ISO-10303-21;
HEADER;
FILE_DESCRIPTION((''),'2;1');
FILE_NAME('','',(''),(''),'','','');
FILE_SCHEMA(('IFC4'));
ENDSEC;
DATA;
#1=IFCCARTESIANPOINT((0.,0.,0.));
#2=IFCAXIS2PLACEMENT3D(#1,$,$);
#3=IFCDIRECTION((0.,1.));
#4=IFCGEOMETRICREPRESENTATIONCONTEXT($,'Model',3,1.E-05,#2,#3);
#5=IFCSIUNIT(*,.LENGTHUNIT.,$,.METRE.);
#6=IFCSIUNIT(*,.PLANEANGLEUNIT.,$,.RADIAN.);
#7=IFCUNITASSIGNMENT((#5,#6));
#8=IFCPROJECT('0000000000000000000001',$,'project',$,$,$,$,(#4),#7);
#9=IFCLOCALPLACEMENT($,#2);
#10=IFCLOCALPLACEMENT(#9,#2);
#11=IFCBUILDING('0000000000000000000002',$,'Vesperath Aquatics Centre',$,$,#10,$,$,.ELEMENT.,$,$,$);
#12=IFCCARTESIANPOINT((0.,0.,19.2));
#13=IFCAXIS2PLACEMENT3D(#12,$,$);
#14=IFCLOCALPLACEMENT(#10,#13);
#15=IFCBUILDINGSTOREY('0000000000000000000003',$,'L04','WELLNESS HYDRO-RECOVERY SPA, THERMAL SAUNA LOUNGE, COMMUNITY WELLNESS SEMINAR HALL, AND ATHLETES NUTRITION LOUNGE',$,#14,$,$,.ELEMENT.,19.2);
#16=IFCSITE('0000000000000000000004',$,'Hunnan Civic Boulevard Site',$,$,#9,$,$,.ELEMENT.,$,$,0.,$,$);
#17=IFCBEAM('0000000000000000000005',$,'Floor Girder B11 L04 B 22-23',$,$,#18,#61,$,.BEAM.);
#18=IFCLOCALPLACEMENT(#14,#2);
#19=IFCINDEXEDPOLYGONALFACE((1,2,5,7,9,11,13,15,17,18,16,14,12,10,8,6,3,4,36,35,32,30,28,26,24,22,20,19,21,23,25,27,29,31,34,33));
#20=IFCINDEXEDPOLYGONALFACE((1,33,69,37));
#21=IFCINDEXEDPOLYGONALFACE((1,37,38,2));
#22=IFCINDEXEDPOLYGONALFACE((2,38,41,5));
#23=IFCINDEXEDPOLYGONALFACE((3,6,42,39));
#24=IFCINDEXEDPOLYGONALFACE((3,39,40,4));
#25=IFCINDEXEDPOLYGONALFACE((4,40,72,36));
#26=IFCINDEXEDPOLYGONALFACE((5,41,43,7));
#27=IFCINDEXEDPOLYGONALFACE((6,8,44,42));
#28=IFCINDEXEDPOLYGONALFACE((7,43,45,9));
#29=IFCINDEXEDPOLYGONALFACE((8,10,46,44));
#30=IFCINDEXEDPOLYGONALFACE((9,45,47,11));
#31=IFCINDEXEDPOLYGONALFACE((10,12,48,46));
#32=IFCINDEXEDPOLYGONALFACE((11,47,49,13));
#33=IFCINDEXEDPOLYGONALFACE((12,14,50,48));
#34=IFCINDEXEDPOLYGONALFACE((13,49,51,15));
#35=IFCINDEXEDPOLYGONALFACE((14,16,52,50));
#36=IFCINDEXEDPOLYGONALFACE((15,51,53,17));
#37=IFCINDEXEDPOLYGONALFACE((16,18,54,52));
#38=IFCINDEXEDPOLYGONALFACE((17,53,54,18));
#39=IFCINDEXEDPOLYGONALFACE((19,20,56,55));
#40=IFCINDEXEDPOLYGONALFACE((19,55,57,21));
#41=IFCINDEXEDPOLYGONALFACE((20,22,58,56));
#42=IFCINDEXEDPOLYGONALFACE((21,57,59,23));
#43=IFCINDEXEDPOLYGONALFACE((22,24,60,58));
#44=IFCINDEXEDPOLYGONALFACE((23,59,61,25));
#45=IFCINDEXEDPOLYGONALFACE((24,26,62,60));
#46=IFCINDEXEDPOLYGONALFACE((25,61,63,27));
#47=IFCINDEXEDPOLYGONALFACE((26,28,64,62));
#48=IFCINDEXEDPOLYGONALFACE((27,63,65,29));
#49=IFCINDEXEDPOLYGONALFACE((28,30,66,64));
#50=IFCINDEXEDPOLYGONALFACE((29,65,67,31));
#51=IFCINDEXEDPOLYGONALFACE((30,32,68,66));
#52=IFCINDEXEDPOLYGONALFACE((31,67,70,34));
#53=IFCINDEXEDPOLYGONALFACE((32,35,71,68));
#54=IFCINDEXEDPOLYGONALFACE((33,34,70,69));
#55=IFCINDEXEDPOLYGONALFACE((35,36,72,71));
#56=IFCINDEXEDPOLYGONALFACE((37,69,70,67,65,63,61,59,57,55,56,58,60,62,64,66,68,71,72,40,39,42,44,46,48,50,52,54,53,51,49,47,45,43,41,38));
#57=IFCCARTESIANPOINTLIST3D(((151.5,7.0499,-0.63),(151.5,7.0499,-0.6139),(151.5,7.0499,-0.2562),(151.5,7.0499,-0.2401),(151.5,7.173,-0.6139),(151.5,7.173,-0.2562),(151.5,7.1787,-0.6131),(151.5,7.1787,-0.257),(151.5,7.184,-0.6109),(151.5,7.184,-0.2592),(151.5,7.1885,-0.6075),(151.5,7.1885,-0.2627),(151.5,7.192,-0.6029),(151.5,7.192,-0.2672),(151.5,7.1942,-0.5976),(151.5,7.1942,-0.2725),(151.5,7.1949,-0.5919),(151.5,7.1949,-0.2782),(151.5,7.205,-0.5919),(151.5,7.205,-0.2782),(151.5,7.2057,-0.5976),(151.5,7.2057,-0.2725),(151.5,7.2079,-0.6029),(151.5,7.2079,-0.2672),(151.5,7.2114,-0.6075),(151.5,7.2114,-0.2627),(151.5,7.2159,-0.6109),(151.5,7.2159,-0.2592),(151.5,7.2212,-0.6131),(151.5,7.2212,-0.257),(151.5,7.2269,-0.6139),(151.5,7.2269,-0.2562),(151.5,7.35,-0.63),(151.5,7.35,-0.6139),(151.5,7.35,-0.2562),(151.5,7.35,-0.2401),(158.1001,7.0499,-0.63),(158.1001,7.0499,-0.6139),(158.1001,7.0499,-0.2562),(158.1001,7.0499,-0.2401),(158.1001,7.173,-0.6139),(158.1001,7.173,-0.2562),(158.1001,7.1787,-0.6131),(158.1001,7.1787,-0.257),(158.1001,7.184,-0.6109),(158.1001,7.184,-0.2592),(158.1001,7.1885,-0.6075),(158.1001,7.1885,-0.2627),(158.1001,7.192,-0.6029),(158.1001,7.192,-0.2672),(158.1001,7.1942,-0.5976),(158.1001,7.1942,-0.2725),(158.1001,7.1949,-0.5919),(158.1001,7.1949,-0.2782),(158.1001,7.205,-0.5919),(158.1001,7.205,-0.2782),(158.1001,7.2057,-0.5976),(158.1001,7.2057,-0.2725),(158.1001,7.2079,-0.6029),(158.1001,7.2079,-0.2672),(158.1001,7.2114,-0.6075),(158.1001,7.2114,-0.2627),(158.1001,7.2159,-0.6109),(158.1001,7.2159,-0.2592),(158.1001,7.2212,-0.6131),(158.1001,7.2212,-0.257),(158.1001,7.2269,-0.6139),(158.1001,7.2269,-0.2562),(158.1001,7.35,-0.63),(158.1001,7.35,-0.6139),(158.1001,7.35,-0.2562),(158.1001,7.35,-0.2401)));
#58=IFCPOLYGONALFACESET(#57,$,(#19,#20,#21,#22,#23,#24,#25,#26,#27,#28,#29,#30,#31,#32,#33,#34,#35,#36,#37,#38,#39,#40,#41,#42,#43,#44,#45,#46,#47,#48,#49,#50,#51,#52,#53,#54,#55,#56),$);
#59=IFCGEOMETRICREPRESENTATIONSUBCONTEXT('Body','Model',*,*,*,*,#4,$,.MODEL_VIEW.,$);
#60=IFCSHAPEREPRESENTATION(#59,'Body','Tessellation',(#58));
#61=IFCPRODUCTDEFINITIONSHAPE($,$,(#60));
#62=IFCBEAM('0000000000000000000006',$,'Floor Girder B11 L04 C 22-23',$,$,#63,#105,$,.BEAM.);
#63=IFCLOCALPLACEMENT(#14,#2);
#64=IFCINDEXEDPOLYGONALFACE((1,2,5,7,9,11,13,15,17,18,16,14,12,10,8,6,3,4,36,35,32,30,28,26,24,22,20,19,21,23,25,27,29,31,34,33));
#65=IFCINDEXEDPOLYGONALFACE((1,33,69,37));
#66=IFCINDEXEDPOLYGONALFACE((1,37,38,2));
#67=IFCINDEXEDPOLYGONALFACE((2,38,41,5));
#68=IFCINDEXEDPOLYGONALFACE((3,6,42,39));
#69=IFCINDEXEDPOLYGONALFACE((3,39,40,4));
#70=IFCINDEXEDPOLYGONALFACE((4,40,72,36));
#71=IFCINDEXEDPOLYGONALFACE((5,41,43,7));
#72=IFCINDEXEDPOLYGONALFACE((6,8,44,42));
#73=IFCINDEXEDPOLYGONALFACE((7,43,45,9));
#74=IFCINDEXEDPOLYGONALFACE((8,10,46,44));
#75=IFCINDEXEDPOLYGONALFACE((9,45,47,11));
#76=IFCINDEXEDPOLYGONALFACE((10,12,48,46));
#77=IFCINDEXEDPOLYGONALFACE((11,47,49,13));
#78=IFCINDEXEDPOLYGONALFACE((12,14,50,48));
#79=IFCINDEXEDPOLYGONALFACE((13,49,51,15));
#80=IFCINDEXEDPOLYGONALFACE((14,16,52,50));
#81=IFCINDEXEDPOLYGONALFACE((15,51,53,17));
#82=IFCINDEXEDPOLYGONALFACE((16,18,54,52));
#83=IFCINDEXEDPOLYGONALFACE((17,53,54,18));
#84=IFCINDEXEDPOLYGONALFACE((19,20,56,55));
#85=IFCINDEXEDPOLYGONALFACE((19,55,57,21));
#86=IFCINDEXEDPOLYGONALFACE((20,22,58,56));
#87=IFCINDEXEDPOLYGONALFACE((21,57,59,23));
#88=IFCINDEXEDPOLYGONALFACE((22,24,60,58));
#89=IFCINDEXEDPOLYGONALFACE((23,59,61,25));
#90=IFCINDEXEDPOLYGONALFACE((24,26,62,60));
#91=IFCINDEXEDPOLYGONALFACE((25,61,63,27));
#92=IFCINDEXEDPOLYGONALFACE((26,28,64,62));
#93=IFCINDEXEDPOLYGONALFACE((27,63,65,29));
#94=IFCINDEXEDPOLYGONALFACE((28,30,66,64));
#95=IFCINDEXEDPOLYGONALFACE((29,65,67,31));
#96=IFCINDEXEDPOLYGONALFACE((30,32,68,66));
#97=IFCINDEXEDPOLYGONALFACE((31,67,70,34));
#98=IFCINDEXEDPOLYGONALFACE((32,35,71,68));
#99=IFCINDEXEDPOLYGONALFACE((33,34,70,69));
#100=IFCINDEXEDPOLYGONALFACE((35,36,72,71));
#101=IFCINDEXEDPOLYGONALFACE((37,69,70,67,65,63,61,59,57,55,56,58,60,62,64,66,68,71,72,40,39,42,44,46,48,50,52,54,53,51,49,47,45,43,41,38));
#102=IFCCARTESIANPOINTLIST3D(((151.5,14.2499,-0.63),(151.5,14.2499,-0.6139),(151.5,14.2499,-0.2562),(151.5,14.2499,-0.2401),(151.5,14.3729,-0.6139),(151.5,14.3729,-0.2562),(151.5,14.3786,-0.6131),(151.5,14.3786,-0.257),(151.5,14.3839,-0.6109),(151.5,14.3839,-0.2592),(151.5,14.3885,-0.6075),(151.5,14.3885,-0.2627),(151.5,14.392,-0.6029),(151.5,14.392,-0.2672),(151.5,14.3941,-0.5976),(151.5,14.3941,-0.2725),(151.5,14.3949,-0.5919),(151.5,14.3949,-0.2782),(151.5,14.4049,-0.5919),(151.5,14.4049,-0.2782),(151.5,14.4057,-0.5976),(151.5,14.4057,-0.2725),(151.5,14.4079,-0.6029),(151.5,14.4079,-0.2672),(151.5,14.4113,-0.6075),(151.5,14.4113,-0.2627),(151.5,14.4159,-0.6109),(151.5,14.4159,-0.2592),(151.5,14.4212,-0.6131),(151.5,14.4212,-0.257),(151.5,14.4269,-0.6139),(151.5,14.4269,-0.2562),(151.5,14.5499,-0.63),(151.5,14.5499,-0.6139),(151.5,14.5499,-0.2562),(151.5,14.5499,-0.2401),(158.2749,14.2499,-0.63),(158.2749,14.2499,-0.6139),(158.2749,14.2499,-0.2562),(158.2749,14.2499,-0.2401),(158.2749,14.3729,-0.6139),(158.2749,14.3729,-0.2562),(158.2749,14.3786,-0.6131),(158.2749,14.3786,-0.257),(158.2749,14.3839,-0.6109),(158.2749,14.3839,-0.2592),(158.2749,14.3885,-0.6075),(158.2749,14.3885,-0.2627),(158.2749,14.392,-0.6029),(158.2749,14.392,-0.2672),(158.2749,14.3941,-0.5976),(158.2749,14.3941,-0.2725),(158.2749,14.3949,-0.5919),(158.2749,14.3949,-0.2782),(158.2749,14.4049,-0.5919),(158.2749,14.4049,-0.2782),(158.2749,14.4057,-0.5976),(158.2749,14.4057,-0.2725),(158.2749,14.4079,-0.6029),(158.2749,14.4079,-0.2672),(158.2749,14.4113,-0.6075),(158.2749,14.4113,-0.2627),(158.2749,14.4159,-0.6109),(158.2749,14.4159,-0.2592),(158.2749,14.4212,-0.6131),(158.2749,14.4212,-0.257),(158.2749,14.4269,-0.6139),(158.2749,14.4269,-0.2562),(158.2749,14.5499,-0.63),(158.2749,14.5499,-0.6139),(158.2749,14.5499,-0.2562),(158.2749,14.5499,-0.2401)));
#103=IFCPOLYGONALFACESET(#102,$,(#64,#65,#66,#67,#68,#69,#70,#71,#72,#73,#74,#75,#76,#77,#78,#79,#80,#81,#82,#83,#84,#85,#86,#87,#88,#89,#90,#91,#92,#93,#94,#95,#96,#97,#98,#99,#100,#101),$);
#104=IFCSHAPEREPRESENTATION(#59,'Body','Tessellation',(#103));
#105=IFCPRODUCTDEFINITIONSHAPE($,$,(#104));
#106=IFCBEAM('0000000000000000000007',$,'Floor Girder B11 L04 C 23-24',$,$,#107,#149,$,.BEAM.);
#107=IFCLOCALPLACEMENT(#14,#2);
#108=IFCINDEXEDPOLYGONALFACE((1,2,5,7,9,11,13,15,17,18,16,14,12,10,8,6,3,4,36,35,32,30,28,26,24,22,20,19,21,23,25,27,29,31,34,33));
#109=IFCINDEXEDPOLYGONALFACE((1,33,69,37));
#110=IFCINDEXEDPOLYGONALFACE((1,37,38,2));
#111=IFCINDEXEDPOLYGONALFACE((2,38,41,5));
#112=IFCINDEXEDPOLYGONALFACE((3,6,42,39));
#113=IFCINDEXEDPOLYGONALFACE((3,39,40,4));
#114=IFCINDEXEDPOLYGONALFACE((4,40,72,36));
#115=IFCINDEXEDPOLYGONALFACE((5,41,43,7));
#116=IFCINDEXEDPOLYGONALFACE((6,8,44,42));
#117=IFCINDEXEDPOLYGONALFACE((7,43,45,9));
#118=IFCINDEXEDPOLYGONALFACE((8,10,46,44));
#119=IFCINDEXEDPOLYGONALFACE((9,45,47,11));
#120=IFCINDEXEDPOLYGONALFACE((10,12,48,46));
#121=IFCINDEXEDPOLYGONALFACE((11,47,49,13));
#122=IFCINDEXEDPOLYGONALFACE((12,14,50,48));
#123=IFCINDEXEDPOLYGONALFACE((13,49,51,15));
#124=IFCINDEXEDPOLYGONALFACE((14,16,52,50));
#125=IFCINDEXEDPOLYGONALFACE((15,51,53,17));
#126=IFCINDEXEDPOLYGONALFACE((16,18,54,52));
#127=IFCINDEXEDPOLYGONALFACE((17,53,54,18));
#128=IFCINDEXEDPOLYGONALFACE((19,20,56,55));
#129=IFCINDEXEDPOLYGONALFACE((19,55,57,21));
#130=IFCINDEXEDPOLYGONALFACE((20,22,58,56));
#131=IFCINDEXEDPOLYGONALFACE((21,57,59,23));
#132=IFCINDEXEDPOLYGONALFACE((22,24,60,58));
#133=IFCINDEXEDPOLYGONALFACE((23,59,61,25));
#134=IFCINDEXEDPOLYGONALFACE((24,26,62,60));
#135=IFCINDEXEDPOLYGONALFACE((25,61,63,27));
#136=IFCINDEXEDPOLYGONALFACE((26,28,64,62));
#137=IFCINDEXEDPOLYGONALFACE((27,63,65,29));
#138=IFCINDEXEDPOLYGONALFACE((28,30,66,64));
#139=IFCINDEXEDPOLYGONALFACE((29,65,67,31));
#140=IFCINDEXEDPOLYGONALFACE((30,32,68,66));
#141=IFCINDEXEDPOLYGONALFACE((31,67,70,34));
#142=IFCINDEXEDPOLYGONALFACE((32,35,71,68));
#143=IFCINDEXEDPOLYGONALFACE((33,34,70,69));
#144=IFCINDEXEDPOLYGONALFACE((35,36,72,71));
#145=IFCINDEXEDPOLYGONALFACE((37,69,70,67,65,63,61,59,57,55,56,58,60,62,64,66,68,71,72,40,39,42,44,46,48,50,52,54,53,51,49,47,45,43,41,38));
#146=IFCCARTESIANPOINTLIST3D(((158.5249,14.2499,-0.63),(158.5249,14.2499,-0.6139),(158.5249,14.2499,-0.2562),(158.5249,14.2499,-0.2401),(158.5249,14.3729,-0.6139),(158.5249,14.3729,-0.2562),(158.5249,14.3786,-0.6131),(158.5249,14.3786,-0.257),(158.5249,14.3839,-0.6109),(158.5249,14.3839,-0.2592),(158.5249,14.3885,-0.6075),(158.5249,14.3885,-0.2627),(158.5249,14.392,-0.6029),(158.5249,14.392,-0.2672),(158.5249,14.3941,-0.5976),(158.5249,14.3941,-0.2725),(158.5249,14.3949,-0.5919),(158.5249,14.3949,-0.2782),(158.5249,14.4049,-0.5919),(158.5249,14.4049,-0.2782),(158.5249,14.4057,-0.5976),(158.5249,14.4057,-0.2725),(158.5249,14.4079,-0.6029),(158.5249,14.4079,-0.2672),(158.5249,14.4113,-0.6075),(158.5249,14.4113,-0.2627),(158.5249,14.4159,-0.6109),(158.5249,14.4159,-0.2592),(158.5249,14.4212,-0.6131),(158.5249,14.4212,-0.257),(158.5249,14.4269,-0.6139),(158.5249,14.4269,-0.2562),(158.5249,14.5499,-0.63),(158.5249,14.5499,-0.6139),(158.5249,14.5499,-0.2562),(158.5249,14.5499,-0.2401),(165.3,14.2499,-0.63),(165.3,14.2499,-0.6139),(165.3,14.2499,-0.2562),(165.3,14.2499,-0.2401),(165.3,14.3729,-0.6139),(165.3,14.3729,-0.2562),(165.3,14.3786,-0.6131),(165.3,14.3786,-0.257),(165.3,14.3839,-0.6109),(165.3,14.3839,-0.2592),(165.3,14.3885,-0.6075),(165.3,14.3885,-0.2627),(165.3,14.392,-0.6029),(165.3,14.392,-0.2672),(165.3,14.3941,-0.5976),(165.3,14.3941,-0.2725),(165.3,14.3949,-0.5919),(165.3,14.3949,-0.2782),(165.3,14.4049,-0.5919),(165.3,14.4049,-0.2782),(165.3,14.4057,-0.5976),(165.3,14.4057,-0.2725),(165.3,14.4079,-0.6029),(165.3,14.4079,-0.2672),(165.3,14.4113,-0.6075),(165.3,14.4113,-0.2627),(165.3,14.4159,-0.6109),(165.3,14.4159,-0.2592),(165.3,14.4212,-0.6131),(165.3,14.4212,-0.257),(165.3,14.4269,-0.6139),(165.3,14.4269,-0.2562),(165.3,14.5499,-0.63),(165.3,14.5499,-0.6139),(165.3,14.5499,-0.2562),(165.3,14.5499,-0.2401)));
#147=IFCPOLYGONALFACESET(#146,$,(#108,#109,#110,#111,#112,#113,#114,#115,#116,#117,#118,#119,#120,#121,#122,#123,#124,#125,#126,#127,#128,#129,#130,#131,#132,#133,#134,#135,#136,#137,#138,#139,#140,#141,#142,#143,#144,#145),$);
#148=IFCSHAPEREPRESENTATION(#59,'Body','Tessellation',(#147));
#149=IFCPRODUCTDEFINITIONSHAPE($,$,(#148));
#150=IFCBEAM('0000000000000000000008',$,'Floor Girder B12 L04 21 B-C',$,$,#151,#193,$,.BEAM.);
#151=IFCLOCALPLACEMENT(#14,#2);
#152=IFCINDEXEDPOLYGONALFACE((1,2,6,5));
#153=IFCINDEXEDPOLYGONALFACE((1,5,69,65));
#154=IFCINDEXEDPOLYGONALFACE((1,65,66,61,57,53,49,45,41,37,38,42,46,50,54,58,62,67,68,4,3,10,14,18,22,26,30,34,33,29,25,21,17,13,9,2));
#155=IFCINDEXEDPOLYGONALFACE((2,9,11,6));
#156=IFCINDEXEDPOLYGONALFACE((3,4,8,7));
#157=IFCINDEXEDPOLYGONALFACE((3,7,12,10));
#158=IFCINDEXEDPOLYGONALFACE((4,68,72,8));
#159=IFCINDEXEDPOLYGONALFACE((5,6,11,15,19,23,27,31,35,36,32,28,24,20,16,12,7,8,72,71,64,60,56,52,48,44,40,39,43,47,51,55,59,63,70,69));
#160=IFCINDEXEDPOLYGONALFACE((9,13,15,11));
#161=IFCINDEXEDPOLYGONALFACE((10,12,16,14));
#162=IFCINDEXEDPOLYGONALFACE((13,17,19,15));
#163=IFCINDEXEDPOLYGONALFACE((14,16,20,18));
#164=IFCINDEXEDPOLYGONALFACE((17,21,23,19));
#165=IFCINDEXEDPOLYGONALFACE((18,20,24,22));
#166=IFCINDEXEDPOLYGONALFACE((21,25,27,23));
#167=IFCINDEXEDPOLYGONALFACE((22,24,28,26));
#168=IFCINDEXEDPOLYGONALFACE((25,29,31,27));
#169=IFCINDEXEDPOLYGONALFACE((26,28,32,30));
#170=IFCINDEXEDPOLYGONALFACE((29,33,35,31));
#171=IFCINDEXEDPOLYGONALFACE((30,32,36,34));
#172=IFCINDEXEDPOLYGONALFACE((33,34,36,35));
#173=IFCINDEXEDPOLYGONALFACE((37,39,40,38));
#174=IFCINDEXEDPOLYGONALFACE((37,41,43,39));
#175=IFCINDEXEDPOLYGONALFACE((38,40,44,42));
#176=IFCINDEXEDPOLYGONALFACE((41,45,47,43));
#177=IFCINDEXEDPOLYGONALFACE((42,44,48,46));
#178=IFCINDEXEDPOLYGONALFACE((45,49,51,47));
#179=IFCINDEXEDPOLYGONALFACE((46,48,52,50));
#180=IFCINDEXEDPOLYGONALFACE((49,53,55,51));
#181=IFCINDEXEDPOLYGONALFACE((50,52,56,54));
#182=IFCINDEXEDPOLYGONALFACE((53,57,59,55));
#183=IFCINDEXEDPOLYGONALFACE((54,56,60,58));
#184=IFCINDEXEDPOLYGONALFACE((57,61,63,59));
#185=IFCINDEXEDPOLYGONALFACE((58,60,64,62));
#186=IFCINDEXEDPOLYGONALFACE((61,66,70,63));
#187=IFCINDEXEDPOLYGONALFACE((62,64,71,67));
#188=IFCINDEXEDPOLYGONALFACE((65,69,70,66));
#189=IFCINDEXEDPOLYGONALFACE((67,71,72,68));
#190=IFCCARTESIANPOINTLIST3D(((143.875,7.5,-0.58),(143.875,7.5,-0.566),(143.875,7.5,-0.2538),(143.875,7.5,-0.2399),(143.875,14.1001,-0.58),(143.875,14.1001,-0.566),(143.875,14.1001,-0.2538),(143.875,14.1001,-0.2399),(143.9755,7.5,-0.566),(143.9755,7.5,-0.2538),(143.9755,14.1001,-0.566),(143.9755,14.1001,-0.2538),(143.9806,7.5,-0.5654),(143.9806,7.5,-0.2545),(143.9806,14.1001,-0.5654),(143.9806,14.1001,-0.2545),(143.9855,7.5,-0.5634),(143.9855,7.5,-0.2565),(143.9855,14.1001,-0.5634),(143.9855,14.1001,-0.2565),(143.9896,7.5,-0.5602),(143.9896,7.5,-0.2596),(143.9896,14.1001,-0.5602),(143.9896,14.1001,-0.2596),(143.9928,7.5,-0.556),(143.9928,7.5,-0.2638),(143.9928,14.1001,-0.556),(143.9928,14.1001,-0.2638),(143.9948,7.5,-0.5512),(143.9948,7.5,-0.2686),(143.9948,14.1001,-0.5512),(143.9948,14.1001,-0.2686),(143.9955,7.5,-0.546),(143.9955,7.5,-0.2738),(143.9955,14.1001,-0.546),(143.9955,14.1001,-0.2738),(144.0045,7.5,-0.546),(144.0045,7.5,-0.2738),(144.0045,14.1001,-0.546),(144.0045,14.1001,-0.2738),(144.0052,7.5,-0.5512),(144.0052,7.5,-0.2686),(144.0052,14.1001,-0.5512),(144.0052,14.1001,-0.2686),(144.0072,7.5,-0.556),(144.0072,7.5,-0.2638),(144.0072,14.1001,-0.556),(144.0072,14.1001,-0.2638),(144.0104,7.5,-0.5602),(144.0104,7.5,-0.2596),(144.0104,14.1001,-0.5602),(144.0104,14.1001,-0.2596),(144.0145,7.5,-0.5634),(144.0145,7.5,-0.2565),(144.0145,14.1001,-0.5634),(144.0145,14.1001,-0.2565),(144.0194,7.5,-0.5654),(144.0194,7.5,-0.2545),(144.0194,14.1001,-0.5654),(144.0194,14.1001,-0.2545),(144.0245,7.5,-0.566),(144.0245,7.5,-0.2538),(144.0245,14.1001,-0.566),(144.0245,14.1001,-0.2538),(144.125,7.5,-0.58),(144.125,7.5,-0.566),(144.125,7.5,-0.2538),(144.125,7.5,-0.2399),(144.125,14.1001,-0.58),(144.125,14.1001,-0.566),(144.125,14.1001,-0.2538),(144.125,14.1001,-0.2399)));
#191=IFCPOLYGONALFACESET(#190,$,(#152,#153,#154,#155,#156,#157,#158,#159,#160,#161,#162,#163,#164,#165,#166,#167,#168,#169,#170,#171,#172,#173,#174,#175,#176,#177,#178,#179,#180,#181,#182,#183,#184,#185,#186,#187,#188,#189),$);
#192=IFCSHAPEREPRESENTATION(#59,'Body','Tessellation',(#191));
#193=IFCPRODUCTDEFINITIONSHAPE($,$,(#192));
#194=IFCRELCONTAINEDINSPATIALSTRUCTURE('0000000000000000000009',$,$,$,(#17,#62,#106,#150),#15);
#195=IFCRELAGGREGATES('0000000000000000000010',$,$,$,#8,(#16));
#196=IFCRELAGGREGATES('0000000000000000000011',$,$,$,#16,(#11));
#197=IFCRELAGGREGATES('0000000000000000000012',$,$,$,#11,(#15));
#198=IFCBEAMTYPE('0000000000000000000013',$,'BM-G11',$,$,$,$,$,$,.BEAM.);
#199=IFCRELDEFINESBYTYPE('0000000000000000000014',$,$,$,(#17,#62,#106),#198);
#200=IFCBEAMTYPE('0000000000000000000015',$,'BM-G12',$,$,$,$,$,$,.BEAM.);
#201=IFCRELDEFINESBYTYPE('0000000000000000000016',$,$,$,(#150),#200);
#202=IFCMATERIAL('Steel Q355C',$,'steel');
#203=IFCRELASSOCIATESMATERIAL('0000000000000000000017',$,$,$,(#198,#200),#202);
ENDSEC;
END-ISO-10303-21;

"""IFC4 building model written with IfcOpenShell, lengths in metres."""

from ifc_helpers import new_model, si_unit, direction, frame, origin, origin_2d, place, context, subcontext, project, spatial, i_section, extrude, material, material_profile, profile_set, type_object, element, save


model = new_model("IFC4")

# Units and contexts
model_context = context("Model", 3, precision=1e-05, world=origin(), true_north=direction((0.0, 1.0)))
body_context = subcontext(model_context, "Body", "Model", "MODEL_VIEW")
ifc_project = project(units=[si_unit("LENGTHUNIT", "METRE"), si_unit("PLANEANGLEUNIT", "RADIAN")], contexts=[model_context])

# Site, building, storey
site_placement = place(None, origin())
site = spatial("IfcSite", under=ifc_project, at=site_placement, Name="Hunnan Civic Boulevard Site", CompositionType="ELEMENT", RefElevation=0.0)
building_placement = place(site_placement, origin())
building = spatial("IfcBuilding", under=site, at=building_placement, Name="Vesperath Aquatics Centre", CompositionType="ELEMENT")
storey_placement = place(building_placement, frame((0.0, 0.0, 19.2)))
storey = spatial("IfcBuildingStorey", under=building, at=storey_placement, Name="L04", Description="WELLNESS HYDRO-RECOVERY SPA, THERMAL SAUNA LOUNGE, COMMUNITY WELLNESS SEMINAR HALL, AND ATHLETES NUTRITION LOUNGE", CompositionType="ELEMENT", Elevation=19.2)

# Shared definitions
ifc_material_1 = material(Name="Steel Q355C", Category="steel")

# Beams
ifc_material_profile_1 = material_profile(ifc_material_1, i_section(OverallWidth=0.3, OverallDepth=0.3899, WebThickness=0.01, FlangeThickness=0.0161, FilletRadius=0.022, at=origin_2d()), Name="HM 390x300x10x16")
ifc_profile_set_1 = profile_set([ifc_material_profile_1], Name="Steel Q355C")
beam_type_1 = type_object("IfcBeamType", Name="BM-G11", PredefinedType="BEAM", material=ifc_profile_set_1)
beam_1_placement = place(storey_placement, frame((151.5, 7.2, -0.4351), z_axis=(1.0, 0.0, 0.0), x_axis=(0.0, 1.0, 0.0)))
element("IfcBeam", 1, at=beam_1_placement, inside=storey, type_object=beam_type_1, Name="Floor Girder B11 L04 B 22-23", PredefinedType="BEAM", context=body_context, shape_type="SweptSolid", body=[
    extrude(i_section(OverallWidth=0.3, OverallDepth=0.3899, WebThickness=0.01, FlangeThickness=0.0161, FilletRadius=0.022, at=origin_2d()), origin(), (0.0, 0.0, 1.0), 6.6001),
])
beam_2_placement = place(storey_placement, frame((151.5, 14.3999, -0.4351), z_axis=(1.0, 0.0, 0.0), x_axis=(0.0, 1.0, 0.0)))
element("IfcBeam", 2, at=beam_2_placement, inside=storey, type_object=beam_type_1, Name="Floor Girder B11 L04 C 22-23", PredefinedType="BEAM", context=body_context, shape_type="SweptSolid", body=[
    extrude(i_section(OverallWidth=0.3, OverallDepth=0.3899, WebThickness=0.01, FlangeThickness=0.0161, FilletRadius=0.022, at=origin_2d()), origin(), (0.0, 0.0, 1.0), 6.7749),
])
beam_3_placement = place(storey_placement, frame((158.5249, 14.3999, -0.4351), z_axis=(1.0, 0.0, 0.0), x_axis=(0.0, 1.0, 0.0)))
element("IfcBeam", 3, at=beam_3_placement, inside=storey, type_object=beam_type_1, Name="Floor Girder B11 L04 C 23-24", PredefinedType="BEAM", context=body_context, shape_type="SweptSolid", body=[
    extrude(i_section(OverallWidth=0.3, OverallDepth=0.3899, WebThickness=0.01, FlangeThickness=0.0161, FilletRadius=0.022, at=origin_2d()), origin(), (0.0, 0.0, 1.0), 6.7751),
])
ifc_material_profile_2 = material_profile(ifc_material_1, i_section(OverallWidth=0.25, OverallDepth=0.3401, WebThickness=0.009, FlangeThickness=0.0139, FilletRadius=0.02, at=origin_2d()), Name="HM 340x250x9x14")
ifc_profile_set_2 = profile_set([ifc_material_profile_2], Name="Steel Q355C")
beam_type_2 = type_object("IfcBeamType", Name="BM-G12", PredefinedType="BEAM", material=ifc_profile_set_2)
for number, where, z_axis, x_axis, name in (
    (4, (144.0, 7.5, -0.4099), (0.0, 1.0, 0.0), (-1.0, 0.0, 0.0), "Floor Girder B12 L04 21 B-C"),
):
    element("IfcBeam", number, at=place(storey_placement, frame(where, z_axis=z_axis, x_axis=x_axis)), inside=storey, type_object=beam_type_2, Name=name, PredefinedType="BEAM", context=body_context, shape_type="SweptSolid", body=[
        extrude(i_section(OverallWidth=0.25, OverallDepth=0.3401, WebThickness=0.009, FlangeThickness=0.0139, FilletRadius=0.02, at=origin_2d()), origin(), (0.0, 0.0, 1.0), 6.6001),
    ])

save(model, "model.ifc")
